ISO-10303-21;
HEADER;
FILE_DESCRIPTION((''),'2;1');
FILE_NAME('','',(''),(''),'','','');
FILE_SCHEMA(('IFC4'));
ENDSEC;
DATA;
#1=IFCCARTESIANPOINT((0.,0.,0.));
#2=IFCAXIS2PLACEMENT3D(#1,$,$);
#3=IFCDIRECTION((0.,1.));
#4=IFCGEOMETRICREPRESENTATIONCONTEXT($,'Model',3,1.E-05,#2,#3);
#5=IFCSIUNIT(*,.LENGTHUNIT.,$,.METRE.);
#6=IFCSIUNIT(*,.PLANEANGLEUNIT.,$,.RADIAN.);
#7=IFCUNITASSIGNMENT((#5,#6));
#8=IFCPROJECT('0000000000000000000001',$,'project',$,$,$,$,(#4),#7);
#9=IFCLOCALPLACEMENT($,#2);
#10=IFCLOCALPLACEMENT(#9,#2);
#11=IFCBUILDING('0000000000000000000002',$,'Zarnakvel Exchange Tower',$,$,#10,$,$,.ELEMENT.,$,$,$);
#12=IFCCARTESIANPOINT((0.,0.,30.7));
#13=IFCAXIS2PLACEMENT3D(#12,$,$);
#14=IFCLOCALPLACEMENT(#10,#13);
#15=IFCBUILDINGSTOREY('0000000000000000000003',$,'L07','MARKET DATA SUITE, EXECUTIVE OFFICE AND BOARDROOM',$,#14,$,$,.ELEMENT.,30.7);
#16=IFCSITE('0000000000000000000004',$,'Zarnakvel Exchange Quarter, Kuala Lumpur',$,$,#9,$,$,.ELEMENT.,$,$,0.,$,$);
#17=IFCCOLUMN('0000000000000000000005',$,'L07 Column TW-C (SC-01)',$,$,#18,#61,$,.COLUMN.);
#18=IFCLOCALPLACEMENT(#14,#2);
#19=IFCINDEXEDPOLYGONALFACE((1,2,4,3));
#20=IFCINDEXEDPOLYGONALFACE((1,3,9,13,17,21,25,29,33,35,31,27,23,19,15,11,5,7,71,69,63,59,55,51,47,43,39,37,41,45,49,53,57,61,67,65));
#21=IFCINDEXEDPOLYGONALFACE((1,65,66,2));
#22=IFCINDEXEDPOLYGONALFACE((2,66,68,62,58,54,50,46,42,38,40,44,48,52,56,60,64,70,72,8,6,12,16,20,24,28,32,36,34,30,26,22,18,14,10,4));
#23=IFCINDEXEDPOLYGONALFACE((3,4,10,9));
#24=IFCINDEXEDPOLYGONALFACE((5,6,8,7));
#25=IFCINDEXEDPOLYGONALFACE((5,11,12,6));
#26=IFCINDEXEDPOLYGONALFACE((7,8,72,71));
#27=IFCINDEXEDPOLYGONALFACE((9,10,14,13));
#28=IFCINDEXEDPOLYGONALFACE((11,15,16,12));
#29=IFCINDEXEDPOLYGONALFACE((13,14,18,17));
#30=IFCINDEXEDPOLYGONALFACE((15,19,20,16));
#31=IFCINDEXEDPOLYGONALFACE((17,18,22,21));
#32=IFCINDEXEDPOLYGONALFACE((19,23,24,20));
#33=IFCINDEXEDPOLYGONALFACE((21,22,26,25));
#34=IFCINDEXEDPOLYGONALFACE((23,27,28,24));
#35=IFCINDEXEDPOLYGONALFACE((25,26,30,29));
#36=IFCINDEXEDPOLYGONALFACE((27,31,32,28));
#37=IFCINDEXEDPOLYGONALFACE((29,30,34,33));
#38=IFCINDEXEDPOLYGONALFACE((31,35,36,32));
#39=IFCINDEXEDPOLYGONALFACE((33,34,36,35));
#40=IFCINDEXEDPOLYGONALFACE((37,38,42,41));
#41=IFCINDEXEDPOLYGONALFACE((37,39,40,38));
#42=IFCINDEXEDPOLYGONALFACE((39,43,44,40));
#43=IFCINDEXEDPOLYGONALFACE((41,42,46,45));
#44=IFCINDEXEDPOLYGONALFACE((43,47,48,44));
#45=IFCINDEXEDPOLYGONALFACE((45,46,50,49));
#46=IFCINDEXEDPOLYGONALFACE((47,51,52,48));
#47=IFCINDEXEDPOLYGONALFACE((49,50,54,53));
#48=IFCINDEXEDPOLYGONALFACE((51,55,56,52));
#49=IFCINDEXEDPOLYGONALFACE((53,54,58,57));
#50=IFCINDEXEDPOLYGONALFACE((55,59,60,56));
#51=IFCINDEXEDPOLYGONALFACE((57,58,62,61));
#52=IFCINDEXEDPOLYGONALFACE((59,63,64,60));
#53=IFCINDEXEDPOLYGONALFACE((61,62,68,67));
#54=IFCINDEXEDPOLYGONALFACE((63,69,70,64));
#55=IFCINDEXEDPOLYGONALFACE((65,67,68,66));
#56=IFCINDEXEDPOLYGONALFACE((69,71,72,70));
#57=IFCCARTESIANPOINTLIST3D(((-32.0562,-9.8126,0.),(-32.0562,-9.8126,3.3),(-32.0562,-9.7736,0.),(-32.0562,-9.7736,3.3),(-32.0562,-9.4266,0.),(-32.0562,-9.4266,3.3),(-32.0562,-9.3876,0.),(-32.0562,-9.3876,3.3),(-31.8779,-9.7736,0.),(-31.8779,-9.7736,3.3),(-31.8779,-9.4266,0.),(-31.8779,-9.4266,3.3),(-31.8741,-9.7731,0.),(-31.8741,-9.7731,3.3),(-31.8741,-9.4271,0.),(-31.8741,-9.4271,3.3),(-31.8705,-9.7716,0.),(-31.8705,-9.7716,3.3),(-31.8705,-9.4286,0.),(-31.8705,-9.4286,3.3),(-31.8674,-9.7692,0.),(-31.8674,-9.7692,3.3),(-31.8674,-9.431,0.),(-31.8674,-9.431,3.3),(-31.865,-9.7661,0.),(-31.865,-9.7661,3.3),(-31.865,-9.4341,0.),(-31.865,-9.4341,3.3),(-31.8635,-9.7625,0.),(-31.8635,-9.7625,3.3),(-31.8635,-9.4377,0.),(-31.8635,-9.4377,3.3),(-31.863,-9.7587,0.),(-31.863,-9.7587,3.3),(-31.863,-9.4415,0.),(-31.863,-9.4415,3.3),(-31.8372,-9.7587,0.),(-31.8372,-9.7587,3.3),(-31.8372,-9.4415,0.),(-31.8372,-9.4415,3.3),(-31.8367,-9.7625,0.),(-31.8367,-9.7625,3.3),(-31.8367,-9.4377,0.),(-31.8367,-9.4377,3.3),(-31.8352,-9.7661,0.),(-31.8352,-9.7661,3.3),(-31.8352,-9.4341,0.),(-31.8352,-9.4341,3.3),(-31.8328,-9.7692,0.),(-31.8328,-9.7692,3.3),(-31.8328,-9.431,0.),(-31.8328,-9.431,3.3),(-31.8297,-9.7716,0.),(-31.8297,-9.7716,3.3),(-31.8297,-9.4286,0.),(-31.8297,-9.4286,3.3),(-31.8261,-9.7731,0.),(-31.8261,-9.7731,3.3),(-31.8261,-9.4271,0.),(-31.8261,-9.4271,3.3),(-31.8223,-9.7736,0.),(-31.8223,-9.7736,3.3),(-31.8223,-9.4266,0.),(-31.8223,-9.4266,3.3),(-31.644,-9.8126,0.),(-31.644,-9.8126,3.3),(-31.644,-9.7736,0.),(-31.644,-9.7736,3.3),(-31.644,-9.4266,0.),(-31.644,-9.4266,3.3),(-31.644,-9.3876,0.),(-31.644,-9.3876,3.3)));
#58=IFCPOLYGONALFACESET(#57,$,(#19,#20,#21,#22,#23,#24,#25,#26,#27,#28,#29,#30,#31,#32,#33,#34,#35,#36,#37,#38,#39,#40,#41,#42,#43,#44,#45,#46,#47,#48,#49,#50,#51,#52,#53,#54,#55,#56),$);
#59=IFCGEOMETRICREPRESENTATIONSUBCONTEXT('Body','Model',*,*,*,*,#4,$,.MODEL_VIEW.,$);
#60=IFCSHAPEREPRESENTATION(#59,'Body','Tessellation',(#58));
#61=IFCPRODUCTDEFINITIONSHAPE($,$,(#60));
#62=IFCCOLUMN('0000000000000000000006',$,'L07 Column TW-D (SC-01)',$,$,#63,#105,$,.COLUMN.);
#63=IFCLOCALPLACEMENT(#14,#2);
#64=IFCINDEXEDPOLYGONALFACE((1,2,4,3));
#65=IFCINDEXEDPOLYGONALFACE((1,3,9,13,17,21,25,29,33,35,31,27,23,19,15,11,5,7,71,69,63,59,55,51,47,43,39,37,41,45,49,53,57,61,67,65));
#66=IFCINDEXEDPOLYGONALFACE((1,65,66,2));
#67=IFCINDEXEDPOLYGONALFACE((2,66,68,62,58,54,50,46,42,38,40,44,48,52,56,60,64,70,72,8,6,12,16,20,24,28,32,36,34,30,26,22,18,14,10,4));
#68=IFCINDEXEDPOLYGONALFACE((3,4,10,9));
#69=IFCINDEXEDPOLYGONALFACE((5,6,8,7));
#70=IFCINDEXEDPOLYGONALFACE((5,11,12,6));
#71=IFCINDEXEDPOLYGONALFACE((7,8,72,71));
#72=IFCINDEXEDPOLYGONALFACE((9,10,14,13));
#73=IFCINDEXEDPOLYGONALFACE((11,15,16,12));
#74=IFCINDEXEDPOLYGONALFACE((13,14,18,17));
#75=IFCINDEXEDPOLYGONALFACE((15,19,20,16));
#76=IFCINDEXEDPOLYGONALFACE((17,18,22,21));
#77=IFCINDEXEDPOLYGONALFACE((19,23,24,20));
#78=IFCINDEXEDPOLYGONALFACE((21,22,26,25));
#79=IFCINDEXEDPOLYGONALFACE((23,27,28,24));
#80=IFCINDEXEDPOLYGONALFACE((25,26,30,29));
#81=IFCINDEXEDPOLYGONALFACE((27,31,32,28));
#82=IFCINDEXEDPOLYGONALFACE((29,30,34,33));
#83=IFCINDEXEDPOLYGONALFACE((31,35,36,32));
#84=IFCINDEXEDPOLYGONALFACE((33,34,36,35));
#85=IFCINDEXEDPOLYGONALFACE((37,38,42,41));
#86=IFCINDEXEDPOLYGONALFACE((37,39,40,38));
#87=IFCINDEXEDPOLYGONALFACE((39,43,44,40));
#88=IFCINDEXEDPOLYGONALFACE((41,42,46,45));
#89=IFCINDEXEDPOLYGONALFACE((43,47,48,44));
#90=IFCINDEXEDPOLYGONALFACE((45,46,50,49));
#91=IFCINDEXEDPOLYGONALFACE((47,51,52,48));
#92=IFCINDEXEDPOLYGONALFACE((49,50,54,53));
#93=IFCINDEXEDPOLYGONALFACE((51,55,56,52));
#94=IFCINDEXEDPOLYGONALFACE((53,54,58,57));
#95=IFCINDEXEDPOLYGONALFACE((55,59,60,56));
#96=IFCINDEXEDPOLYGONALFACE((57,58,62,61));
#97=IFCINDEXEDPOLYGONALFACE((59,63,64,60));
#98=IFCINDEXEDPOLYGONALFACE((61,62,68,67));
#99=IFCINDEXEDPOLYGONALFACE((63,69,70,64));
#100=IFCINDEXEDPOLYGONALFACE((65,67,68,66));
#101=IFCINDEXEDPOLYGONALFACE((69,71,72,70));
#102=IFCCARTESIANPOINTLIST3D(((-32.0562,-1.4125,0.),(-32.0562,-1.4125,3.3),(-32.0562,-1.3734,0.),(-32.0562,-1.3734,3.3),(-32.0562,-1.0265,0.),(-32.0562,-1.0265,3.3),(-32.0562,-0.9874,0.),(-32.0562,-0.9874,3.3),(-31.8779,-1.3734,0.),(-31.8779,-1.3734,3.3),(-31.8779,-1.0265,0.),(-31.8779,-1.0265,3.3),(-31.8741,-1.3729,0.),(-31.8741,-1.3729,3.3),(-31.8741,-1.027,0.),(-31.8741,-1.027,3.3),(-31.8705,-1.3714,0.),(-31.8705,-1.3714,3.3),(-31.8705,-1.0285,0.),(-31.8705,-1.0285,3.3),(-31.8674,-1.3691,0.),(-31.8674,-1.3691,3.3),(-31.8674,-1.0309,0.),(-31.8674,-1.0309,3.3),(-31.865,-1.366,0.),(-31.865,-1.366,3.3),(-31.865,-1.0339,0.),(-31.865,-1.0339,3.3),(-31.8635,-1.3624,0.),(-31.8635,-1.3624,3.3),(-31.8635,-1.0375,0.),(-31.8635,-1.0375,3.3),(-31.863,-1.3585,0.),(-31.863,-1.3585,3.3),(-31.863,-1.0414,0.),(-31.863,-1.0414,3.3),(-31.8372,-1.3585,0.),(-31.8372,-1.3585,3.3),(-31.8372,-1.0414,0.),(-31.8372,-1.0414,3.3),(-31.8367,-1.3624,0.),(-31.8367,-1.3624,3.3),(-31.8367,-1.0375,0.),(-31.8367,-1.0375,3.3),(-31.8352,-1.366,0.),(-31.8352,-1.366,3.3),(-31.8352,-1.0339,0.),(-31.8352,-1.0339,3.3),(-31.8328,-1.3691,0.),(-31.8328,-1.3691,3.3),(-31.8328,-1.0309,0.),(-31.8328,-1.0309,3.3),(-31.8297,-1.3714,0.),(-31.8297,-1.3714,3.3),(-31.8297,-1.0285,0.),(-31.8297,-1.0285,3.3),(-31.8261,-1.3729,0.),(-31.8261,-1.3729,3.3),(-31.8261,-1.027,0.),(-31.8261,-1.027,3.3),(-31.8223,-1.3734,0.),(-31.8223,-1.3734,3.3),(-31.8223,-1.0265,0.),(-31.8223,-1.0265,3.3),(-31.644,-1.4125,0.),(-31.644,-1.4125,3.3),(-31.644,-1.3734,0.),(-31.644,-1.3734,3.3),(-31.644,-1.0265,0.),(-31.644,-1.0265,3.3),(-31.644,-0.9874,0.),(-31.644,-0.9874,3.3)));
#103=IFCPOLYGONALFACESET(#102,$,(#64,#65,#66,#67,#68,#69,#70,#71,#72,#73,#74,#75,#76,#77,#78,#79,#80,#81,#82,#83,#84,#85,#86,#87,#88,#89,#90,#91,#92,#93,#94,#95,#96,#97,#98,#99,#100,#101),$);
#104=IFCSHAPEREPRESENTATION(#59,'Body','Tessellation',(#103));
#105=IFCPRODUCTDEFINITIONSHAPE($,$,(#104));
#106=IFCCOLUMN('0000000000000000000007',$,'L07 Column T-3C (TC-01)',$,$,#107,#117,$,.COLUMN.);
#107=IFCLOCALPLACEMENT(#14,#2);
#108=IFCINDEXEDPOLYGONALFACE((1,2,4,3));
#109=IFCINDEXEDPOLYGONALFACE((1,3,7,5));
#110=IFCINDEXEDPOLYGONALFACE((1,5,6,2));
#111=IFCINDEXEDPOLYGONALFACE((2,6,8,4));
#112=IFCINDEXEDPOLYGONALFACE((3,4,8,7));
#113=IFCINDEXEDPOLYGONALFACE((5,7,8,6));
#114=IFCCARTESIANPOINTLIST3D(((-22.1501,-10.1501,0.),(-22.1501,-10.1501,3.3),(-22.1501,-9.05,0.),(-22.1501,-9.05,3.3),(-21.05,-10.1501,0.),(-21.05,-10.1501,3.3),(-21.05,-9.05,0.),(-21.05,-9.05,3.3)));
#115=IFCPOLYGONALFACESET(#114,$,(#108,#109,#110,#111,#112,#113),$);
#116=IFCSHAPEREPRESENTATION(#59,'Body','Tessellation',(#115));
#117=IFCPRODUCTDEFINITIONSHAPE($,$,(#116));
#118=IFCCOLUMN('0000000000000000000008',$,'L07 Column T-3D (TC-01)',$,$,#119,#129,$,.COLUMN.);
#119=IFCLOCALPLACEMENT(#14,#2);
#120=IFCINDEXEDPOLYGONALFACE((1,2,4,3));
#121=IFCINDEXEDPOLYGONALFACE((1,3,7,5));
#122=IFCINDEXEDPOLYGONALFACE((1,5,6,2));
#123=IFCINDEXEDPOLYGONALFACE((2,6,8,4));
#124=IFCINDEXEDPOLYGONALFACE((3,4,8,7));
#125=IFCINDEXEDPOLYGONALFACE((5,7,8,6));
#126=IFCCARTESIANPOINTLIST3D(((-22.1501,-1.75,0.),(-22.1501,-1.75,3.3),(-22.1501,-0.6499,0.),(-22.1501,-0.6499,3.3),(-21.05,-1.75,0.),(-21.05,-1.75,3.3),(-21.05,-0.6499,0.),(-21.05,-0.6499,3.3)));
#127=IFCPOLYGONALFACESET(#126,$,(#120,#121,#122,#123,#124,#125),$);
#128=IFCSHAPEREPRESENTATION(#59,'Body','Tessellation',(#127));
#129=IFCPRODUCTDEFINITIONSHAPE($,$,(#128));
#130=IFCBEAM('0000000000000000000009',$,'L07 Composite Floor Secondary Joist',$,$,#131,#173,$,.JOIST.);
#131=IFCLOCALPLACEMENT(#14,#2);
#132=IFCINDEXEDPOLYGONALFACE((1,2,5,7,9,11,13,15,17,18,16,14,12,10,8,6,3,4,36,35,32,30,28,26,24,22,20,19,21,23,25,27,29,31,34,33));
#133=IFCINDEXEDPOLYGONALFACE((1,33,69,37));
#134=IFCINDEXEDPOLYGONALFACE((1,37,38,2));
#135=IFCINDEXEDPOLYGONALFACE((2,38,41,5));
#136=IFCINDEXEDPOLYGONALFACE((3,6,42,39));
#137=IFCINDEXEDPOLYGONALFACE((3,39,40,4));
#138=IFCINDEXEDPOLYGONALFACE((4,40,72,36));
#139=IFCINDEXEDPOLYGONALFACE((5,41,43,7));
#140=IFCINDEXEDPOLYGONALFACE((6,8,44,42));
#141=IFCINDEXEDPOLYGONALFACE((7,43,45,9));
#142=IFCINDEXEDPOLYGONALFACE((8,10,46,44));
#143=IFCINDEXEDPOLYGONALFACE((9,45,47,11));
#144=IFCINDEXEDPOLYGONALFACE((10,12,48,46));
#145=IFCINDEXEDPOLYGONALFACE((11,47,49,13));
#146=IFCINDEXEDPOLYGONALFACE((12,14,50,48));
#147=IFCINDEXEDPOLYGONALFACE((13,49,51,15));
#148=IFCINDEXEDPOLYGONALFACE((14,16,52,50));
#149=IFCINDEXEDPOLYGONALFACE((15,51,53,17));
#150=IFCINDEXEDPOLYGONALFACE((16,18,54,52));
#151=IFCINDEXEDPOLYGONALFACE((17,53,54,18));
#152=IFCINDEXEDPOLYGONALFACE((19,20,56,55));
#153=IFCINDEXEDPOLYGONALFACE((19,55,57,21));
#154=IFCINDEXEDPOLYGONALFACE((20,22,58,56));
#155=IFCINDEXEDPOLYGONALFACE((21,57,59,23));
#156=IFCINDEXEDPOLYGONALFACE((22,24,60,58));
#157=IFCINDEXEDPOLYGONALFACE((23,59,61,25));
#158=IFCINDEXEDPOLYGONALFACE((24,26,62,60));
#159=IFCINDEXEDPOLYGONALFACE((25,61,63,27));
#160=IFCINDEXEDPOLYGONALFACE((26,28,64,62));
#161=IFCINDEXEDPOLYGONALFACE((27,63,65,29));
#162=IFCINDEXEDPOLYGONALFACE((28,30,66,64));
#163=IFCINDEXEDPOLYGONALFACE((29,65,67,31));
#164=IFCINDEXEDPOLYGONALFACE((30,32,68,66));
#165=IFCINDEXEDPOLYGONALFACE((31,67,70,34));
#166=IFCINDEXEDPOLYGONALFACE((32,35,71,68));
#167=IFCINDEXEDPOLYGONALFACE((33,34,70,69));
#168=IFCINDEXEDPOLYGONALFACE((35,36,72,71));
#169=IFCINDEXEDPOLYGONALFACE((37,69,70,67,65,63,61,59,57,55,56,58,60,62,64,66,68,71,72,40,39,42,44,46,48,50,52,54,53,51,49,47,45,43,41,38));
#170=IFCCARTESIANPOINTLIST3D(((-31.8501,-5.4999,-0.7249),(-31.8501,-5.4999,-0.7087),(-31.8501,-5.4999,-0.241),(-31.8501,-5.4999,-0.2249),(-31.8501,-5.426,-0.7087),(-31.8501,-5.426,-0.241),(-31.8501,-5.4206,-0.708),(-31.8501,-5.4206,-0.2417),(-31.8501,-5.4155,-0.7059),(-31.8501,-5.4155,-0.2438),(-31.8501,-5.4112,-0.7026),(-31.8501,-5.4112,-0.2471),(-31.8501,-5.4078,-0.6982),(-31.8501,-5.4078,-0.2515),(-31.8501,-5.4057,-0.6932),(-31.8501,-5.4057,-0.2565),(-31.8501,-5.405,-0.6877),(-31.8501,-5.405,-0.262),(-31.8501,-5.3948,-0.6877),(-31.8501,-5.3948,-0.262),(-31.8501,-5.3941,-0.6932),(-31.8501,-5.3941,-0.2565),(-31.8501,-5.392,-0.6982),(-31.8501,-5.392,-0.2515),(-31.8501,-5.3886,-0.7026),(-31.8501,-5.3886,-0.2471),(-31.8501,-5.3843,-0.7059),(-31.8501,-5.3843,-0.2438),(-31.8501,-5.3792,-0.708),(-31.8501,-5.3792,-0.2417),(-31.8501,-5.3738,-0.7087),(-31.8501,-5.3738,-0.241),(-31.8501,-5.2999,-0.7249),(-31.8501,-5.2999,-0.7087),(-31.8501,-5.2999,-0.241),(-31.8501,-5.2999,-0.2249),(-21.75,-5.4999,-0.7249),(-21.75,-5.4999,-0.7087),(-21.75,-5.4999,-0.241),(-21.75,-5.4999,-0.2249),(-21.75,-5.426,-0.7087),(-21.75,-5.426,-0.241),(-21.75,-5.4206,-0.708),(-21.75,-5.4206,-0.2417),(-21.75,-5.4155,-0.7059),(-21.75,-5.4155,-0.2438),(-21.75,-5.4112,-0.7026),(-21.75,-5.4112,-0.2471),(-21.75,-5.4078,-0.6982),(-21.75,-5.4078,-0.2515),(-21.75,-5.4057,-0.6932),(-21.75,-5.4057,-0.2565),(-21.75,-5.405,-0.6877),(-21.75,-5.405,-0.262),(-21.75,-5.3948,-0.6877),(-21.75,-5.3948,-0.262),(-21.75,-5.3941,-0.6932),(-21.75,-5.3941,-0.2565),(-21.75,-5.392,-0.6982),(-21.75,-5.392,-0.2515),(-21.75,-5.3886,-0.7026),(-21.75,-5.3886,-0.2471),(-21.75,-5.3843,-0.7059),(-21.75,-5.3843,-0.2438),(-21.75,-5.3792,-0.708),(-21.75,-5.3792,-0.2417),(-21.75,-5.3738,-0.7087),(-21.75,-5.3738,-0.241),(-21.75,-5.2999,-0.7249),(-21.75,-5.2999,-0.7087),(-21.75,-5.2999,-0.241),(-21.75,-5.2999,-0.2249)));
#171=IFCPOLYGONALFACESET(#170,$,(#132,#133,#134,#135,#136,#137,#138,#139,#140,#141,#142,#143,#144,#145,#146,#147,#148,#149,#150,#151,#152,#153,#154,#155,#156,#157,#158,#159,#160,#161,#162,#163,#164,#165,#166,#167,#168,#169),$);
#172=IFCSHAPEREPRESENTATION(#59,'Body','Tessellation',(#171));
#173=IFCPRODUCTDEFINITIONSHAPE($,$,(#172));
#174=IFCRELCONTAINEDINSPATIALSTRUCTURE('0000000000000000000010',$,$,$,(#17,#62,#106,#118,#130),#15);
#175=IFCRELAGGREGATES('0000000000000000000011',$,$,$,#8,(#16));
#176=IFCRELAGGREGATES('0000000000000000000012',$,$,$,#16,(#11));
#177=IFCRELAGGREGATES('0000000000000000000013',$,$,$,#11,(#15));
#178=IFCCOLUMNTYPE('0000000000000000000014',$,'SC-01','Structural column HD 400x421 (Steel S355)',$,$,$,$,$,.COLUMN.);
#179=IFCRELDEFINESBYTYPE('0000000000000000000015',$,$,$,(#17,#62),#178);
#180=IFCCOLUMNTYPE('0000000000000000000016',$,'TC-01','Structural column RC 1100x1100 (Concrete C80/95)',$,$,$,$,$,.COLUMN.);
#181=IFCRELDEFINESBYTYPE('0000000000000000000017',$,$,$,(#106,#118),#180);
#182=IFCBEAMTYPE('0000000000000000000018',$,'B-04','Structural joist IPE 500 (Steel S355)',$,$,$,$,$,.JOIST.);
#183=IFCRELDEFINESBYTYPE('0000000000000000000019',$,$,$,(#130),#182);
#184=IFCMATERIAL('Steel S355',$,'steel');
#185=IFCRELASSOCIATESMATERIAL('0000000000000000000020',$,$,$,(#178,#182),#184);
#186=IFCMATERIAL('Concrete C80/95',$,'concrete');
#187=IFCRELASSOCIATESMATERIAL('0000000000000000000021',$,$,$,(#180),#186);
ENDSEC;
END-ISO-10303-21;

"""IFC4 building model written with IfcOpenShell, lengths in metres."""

from ifc_helpers import new_model, si_unit, direction, frame, origin, origin_2d, place, context, subcontext, project, spatial, rectangle, i_section, extrude, material, material_profile, profile_set, type_object, element, save


model = new_model("IFC4")

# Units and contexts
model_context = context("Model", 3, precision=1e-05, world=origin(), true_north=direction((0.0, 1.0)))
body_context = subcontext(model_context, "Body", "Model", "MODEL_VIEW")
ifc_project = project(units=[si_unit("LENGTHUNIT", "METRE"), si_unit("PLANEANGLEUNIT", "RADIAN")], contexts=[model_context])

# Site, building, storey
site_placement = place(None, origin())
site = spatial("IfcSite", under=ifc_project, at=site_placement, Name="Zarnakvel Exchange Quarter, Kuala Lumpur", CompositionType="ELEMENT", RefElevation=0.0)
building_placement = place(site_placement, origin())
building = spatial("IfcBuilding", under=site, at=building_placement, Name="Zarnakvel Exchange Tower", CompositionType="ELEMENT")
storey_placement = place(building_placement, frame((0.0, 0.0, 30.7)))
storey = spatial("IfcBuildingStorey", under=building, at=storey_placement, Name="L07", Description="MARKET DATA SUITE, EXECUTIVE OFFICE AND BOARDROOM", CompositionType="ELEMENT", Elevation=30.7)

# Columns
ifc_material_1 = material(Name="Steel S355", Category="steel")
ifc_material_profile_1 = material_profile(ifc_material_1, i_section(OverallWidth=0.4121, OverallDepth=0.425, WebThickness=0.0259, FlangeThickness=0.0391, FilletRadius=0.0149, at=origin_2d()))
ifc_profile_set_1 = profile_set([ifc_material_profile_1], Name="Steel S355")
column_type_1 = type_object("IfcColumnType", Name="SC-01", Description="Structural column HD 400x421 (Steel S355)", PredefinedType="COLUMN", material=ifc_profile_set_1)
for number, where, z_axis, x_axis, name in (
    (1, (-31.8501, -9.6001, 0.0), (0.0, 0.0, 1.0), (1.0, 0.0, 0.0), "L07 Column TW-C (SC-01)"),
    (2, (-31.8501, -1.2, 0.0), (0.0, 0.0, 1.0), (1.0, 0.0, 0.0), "L07 Column TW-D (SC-01)"),
):
    element("IfcColumn", number, at=place(storey_placement, frame(where, z_axis=z_axis, x_axis=x_axis)), inside=storey, type_object=column_type_1, Name=name, PredefinedType="COLUMN", context=body_context, shape_type="SweptSolid", body=[
        extrude(i_section(OverallWidth=0.4121, OverallDepth=0.425, WebThickness=0.0259, FlangeThickness=0.0391, FilletRadius=0.0149, at=origin_2d()), origin(), (0.0, 0.0, 1.0), 3.3),
    ])
ifc_material_2 = material(Name="Concrete C80/95", Category="concrete")
ifc_material_profile_2 = material_profile(ifc_material_2, rectangle(XDim=1.1001, YDim=1.1001, at=origin_2d()))
ifc_profile_set_2 = profile_set([ifc_material_profile_2], Name="Concrete C80/95")
column_type_2 = type_object("IfcColumnType", Name="TC-01", Description="Structural column RC 1100x1100 (Concrete C80/95)", PredefinedType="COLUMN", material=ifc_profile_set_2)
for number, where, z_axis, x_axis, name in (
    (3, (-21.6001, -9.6001, 0.0), (0.0, 0.0, 1.0), (1.0, 0.0, 0.0), "L07 Column T-3C (TC-01)"),
    (4, (-21.6001, -1.2, 0.0), (0.0, 0.0, 1.0), (1.0, 0.0, 0.0), "L07 Column T-3D (TC-01)"),
):
    element("IfcColumn", number, at=place(storey_placement, frame(where, z_axis=z_axis, x_axis=x_axis)), inside=storey, type_object=column_type_2, Name=name, PredefinedType="COLUMN", context=body_context, shape_type="SweptSolid", body=[
        extrude(rectangle(XDim=1.1001, YDim=1.1001, at=origin_2d()), origin(), (0.0, 0.0, 1.0), 3.3),
    ])

# Beam
ifc_material_profile_3 = material_profile(ifc_material_1, i_section(OverallWidth=0.2, OverallDepth=0.5, WebThickness=0.0103, FlangeThickness=0.0161, FilletRadius=0.021, at=origin_2d()))
ifc_profile_set_3 = profile_set([ifc_material_profile_3], Name="Steel S355")
beam_type_1 = type_object("IfcBeamType", Name="B-04", Description="Structural joist IPE 500 (Steel S355)", PredefinedType="JOIST", material=ifc_profile_set_3)
beam_1_placement = place(storey_placement, frame((-31.8501, -5.3999, -0.4749), z_axis=(1.0, 0.0, 0.0), x_axis=(0.0, 1.0, 0.0)))
element("IfcBeam", 5, at=beam_1_placement, inside=storey, type_object=beam_type_1, Name="L07 Composite Floor Secondary Joist", PredefinedType="JOIST", context=body_context, shape_type="SweptSolid", body=[
    extrude(i_section(OverallWidth=0.2, OverallDepth=0.5, WebThickness=0.0103, FlangeThickness=0.0161, FilletRadius=0.021, at=origin_2d()), origin(), (0.0, 0.0, 1.0), 10.1001),
])

save(model, "model.ifc")
